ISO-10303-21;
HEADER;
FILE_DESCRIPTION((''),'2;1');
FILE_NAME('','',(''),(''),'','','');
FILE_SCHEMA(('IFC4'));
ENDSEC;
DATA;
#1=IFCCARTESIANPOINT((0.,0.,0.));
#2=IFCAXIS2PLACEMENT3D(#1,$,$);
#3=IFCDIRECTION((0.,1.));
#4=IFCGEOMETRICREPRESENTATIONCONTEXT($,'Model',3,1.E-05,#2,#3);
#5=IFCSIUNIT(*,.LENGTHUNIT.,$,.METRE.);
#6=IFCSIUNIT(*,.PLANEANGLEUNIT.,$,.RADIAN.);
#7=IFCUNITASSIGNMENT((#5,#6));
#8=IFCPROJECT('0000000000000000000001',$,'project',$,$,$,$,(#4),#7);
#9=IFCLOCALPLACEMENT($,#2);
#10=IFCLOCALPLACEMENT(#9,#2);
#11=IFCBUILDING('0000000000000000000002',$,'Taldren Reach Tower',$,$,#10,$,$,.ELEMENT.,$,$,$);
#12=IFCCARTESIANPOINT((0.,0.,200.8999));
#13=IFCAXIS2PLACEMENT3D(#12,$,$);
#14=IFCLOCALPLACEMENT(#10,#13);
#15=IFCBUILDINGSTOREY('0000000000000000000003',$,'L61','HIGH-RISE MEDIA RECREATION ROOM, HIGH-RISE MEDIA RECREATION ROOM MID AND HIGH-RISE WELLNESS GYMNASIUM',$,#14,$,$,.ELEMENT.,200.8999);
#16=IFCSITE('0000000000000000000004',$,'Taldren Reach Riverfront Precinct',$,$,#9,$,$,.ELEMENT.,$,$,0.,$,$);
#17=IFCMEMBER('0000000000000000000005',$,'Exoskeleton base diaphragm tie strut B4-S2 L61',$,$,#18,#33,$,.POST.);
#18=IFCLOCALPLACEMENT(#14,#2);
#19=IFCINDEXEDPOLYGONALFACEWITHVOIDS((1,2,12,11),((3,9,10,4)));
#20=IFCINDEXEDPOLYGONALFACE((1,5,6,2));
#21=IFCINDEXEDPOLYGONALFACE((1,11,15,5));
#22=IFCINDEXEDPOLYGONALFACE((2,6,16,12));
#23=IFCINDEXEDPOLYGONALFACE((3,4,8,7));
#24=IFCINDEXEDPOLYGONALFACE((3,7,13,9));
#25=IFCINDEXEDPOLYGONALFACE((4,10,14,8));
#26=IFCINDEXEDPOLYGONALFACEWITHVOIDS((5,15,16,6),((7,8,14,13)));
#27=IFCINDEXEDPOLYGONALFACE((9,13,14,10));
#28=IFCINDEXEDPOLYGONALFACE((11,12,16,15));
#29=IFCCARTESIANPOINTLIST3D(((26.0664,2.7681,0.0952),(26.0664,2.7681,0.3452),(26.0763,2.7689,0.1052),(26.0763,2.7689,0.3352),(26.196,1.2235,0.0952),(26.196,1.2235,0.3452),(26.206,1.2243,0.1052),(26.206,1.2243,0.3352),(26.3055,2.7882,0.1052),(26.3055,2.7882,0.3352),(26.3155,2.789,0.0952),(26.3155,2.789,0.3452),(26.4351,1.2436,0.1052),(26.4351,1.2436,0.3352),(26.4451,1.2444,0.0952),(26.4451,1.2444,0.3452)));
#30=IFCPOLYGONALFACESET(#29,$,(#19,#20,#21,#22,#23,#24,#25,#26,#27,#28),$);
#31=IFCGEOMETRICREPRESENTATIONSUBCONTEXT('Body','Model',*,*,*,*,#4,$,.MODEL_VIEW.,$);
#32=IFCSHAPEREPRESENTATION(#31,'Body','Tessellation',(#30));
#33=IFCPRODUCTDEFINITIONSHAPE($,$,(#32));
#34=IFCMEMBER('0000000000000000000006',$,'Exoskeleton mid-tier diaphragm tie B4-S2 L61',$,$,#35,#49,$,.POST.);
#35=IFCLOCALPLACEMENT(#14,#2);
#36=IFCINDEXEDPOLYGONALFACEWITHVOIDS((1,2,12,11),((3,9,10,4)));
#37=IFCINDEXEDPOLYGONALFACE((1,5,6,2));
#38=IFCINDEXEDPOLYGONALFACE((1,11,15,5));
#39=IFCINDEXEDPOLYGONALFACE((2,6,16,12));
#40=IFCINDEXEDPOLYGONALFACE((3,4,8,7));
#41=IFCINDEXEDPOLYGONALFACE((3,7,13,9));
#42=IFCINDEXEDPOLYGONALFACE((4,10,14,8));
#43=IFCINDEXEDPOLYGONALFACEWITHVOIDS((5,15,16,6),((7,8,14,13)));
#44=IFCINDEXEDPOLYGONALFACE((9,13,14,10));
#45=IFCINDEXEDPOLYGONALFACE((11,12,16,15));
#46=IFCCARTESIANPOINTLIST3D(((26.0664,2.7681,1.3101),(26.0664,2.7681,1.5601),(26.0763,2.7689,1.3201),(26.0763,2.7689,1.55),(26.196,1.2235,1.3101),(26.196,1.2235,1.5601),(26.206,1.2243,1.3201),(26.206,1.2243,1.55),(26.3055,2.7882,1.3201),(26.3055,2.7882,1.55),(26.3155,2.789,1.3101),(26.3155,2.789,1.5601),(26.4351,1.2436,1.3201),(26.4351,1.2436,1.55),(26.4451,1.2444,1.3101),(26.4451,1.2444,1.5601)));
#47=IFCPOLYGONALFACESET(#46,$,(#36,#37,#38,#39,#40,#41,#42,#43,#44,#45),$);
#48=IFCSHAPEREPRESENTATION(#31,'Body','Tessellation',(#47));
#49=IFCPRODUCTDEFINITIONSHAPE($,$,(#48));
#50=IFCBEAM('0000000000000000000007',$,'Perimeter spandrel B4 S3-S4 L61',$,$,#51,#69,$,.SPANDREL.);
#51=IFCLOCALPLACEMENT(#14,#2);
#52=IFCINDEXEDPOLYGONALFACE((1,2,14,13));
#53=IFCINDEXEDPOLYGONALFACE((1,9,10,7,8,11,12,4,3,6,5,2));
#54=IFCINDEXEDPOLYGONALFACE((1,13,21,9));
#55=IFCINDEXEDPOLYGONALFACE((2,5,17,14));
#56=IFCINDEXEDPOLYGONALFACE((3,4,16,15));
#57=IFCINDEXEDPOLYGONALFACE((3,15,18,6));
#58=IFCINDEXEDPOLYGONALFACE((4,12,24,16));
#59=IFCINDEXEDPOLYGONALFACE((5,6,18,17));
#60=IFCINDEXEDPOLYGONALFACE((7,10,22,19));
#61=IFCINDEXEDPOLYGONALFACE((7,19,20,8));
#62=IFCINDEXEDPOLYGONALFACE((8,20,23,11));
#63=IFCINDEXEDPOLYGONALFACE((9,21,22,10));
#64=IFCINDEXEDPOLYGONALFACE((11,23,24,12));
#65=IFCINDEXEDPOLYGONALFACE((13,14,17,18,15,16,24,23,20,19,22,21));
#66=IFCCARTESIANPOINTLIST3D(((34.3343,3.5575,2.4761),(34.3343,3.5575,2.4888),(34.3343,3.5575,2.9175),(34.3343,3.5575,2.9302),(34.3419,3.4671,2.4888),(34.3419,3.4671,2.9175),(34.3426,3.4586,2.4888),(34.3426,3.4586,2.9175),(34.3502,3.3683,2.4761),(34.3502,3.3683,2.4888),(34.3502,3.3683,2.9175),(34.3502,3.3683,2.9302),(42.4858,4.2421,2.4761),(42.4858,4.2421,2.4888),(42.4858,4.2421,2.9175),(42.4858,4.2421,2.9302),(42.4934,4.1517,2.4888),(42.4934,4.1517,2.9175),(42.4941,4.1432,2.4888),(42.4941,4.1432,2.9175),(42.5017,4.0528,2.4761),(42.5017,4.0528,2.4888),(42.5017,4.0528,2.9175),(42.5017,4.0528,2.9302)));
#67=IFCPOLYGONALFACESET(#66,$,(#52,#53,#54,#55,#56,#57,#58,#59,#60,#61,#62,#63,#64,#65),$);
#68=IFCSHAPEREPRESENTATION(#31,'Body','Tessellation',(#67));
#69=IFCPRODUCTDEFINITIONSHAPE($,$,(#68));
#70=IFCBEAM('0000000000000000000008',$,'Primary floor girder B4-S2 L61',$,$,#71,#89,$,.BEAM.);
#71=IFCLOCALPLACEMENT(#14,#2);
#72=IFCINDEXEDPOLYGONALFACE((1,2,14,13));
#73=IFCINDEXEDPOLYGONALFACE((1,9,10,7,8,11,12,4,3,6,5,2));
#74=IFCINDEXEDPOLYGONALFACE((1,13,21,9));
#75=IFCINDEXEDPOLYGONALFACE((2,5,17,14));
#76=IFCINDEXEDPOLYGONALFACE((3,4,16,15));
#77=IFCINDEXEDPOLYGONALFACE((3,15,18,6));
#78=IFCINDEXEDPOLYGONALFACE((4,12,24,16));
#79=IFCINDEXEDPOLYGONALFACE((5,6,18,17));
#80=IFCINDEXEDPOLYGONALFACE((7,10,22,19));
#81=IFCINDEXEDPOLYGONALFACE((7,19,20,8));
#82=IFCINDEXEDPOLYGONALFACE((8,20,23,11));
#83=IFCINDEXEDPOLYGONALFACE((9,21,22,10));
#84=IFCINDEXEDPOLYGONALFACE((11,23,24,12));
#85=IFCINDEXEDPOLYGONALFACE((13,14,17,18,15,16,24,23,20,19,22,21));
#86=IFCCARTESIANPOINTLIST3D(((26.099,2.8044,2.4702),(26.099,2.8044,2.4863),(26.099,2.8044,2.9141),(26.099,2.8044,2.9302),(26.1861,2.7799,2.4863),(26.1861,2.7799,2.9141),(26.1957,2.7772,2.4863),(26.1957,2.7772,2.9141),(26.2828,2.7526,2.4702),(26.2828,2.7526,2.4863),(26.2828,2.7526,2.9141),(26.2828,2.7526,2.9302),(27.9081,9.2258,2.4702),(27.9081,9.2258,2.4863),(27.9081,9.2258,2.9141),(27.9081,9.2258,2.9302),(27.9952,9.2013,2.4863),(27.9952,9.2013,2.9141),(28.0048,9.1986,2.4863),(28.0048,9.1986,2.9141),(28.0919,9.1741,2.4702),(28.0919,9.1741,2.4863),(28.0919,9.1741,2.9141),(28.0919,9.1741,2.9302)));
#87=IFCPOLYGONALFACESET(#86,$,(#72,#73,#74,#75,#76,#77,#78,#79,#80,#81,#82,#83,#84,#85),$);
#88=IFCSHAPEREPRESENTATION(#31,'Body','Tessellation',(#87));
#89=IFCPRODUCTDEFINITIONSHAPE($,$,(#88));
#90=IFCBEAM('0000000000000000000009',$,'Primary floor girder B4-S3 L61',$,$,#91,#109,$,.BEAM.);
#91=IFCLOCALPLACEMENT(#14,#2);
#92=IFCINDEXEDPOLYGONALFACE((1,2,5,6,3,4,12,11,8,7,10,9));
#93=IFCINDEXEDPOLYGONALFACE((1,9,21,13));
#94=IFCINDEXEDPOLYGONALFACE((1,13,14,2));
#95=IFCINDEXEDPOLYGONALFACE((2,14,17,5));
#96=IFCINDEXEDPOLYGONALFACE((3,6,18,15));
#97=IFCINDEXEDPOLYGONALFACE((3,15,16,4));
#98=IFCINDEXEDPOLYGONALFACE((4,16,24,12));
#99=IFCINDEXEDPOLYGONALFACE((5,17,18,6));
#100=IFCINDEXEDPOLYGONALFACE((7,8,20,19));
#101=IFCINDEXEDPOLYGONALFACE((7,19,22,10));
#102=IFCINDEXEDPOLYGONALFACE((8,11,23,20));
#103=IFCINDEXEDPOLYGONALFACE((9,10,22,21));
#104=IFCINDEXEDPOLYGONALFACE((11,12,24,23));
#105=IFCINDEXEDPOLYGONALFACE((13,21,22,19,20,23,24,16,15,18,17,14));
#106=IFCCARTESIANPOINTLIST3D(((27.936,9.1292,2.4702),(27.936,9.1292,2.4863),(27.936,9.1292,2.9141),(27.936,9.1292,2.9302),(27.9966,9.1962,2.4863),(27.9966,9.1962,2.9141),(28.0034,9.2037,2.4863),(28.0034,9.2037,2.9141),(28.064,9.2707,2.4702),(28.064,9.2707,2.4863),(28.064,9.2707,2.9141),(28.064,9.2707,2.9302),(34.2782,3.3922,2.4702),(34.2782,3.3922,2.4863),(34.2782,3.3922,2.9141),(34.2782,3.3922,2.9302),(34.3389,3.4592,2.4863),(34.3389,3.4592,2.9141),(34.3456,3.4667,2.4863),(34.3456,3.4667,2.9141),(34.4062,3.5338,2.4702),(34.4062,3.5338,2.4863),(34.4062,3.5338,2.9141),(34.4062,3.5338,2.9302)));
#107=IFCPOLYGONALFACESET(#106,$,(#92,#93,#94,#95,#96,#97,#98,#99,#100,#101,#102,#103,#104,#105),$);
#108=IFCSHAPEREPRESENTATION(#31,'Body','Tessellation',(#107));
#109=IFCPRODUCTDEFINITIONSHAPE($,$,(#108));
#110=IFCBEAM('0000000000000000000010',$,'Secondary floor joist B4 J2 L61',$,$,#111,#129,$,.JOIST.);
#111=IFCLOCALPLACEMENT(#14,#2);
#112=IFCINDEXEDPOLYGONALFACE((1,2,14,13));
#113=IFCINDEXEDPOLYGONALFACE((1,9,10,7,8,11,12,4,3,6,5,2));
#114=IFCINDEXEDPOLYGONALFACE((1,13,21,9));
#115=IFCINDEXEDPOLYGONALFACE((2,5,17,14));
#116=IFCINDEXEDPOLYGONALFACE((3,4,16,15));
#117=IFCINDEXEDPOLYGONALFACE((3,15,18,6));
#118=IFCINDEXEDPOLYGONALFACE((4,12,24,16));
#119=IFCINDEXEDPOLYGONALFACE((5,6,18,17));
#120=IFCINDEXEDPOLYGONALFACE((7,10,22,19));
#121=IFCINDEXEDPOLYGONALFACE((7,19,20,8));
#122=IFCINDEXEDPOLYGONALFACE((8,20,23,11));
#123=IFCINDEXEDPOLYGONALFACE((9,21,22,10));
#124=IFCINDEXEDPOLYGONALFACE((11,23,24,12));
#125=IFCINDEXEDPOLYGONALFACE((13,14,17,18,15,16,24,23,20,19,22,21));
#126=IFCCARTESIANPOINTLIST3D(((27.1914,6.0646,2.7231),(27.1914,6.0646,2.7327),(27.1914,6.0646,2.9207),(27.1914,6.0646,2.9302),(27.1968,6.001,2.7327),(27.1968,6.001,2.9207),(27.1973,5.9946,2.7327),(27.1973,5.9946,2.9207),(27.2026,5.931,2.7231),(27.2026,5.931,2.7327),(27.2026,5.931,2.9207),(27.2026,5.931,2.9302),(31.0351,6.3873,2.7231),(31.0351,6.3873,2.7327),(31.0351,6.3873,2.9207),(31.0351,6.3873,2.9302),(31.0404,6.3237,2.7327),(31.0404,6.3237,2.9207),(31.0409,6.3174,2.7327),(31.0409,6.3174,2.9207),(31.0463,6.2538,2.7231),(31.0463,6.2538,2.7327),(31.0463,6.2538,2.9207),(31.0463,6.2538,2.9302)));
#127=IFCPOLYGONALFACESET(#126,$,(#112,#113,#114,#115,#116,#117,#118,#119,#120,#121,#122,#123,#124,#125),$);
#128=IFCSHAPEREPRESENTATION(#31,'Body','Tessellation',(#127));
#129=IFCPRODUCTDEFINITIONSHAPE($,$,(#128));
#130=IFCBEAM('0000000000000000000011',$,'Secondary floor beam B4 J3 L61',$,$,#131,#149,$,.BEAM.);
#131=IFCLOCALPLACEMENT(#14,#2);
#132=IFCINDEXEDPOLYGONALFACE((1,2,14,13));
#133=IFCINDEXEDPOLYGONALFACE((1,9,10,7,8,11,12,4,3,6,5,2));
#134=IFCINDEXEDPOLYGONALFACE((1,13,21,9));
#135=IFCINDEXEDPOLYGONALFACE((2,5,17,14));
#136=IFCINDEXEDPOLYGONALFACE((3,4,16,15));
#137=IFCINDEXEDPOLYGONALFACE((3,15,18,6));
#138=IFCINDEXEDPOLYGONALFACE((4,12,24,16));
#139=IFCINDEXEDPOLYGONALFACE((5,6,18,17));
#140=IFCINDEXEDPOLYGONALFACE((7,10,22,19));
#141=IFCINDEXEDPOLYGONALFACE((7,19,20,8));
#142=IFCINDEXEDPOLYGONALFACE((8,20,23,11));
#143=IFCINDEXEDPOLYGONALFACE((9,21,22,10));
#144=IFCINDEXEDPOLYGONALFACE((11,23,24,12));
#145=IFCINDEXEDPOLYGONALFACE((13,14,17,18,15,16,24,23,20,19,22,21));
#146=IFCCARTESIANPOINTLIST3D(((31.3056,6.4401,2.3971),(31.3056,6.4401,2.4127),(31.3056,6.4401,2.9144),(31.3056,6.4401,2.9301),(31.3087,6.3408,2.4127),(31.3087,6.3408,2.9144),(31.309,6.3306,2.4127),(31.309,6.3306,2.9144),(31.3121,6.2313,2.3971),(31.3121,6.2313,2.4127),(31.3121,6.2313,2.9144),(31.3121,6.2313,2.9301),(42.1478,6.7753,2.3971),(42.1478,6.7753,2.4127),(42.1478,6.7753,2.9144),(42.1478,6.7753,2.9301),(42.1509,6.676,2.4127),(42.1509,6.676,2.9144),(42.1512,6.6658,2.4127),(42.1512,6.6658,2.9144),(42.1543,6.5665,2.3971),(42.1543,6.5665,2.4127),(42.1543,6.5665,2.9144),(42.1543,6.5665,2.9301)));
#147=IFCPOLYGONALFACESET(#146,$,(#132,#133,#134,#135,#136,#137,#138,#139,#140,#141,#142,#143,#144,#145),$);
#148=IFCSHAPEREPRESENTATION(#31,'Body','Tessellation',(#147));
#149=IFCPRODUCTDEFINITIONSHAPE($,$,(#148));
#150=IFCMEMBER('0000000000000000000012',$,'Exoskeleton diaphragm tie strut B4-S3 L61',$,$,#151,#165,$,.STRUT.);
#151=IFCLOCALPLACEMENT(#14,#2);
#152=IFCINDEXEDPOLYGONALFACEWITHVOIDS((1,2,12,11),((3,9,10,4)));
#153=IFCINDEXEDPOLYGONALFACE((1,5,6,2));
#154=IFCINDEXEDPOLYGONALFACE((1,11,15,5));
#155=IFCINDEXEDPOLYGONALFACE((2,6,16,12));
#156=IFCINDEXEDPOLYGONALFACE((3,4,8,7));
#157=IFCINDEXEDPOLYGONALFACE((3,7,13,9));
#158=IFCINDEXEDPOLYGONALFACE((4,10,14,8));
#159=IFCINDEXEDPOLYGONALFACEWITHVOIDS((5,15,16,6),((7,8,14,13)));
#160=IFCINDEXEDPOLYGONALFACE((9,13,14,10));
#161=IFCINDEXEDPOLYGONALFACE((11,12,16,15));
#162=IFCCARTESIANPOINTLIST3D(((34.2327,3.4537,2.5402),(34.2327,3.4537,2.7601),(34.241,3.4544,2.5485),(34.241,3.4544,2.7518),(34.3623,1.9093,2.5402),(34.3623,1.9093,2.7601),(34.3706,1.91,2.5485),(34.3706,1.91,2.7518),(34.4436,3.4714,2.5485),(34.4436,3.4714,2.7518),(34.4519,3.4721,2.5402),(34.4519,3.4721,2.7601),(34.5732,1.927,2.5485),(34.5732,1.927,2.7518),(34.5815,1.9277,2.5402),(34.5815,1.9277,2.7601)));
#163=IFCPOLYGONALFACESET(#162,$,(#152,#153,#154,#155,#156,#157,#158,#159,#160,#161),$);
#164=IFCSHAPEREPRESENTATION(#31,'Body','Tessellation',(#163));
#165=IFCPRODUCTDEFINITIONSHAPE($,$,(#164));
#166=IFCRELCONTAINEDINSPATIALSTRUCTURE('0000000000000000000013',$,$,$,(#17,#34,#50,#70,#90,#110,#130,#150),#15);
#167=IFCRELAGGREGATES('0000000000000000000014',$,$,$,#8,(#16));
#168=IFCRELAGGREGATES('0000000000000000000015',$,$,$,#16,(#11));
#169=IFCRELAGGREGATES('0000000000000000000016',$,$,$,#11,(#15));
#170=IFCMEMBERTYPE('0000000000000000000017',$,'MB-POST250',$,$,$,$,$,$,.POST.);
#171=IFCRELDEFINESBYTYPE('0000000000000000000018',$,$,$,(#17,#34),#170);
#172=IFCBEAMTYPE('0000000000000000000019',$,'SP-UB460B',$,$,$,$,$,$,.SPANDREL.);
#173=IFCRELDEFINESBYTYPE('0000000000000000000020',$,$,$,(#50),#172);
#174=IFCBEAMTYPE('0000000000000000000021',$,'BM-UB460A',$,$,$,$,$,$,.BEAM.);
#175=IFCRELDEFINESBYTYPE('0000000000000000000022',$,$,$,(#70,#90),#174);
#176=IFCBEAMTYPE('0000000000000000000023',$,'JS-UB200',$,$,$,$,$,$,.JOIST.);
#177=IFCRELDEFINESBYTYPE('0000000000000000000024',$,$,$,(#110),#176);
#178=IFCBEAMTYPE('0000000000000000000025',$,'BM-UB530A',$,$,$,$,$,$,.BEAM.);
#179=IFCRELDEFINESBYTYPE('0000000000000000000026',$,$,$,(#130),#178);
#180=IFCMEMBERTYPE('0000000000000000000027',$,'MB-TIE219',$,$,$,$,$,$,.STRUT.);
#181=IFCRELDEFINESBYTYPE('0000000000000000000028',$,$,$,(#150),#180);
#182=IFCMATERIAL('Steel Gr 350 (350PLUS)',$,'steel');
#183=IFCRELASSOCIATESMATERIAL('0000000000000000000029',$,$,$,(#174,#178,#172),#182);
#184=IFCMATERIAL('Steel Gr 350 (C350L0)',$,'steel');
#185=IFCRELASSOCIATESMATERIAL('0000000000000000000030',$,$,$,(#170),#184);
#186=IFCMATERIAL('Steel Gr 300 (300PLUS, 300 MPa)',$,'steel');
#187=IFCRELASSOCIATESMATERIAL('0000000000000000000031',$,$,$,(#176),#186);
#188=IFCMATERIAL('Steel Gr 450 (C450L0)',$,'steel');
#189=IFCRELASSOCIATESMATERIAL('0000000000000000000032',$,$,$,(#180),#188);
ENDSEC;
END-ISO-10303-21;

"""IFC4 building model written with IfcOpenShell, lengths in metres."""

from ifc_helpers import new_model, si_unit, direction, frame, origin, origin_2d, place, context, subcontext, project, spatial, hollow_rectangle, i_section, extrude, source, transform, mapped, material, material_profile, profile_set, type_object, element, save


model = new_model("IFC4")

# Units and contexts
model_context = context("Model", 3, precision=1e-05, world=origin(), true_north=direction((0.0, 1.0)))
body_context = subcontext(model_context, "Body", "Model", "MODEL_VIEW")
ifc_project = project(units=[si_unit("LENGTHUNIT", "METRE"), si_unit("PLANEANGLEUNIT", "RADIAN")], contexts=[model_context])

# Site, building, storey
site_placement = place(None, origin())
site = spatial("IfcSite", under=ifc_project, at=site_placement, Name="Taldren Reach Riverfront Precinct", CompositionType="ELEMENT", RefElevation=0.0)
building_placement = place(site_placement, origin())
building = spatial("IfcBuilding", under=site, at=building_placement, Name="Taldren Reach Tower", CompositionType="ELEMENT")
storey_placement = place(building_placement, frame((0.0, 0.0, 200.8999)))
storey = spatial("IfcBuildingStorey", under=building, at=storey_placement, Name="L61", Description="HIGH-RISE MEDIA RECREATION ROOM, HIGH-RISE MEDIA RECREATION ROOM MID AND HIGH-RISE WELLNESS GYMNASIUM", CompositionType="ELEMENT", Elevation=200.8999)

# Shared definitions
ifc_material_1 = material(Name="Steel Gr 350 (350PLUS)", Category="steel")
ifc_material_2 = material(Name="Steel Gr 450 (C450L0)", Category="steel")

# Shared definitions
ifc_material_profile_1 = material_profile(ifc_material_1, i_section(OverallWidth=0.1909, OverallDepth=0.46, WebThickness=0.01, FlangeThickness=0.0161, at=origin_2d()), Name="460UB82.1")
ifc_profile_set_1 = profile_set([ifc_material_profile_1], Name="Steel Gr 350 (350PLUS)")
beam_type_1 = type_object("IfcBeamType", Name="BM-UB460A", PredefinedType="BEAM", material=ifc_profile_set_1)
ifc_material_profile_2 = material_profile(ifc_material_1, i_section(OverallWidth=0.209, OverallDepth=0.533, WebThickness=0.0103, FlangeThickness=0.0156, at=origin_2d()), Name="530UB92.4")
ifc_profile_set_2 = profile_set([ifc_material_profile_2], Name="Steel Gr 350 (350PLUS)")
beam_type_2 = type_object("IfcBeamType", Name="BM-UB530A", PredefinedType="BEAM", material=ifc_profile_set_2)

# Members
ifc_material_3 = material(Name="Steel Gr 350 (C350L0)", Category="steel")
ifc_material_profile_3 = material_profile(ifc_material_3, hollow_rectangle(XDim=0.25, YDim=0.25, WallThickness=0.01, at=origin_2d()), Name="250x250x10.0SHS")
ifc_profile_set_3 = profile_set([ifc_material_profile_3], Name="Steel Gr 350 (C350L0)")
member_type_1 = type_object("IfcMemberType", Name="MB-POST250", PredefinedType="POST", material=ifc_profile_set_3)
shared_shape_1 = source(origin(), body_context, "Body", "SweptSolid", [
    extrude(hollow_rectangle(XDim=0.25, YDim=0.25, WallThickness=0.01, at=origin_2d()), origin(), (0.0, 0.0, 1.0), 1.55),
])
for number, where, z_axis, x_axis, name in (
    (1, (26.1909, 2.7786, 0.2202), (0.083632, -0.996497, 0.0), (0.996497, 0.083632, 0.0), "Exoskeleton base diaphragm tie strut B4-S2 L61"),
    (2, (26.1909, 2.7786, 1.4351), (0.083632, -0.996497, 0.0), (0.996497, 0.083632, 0.0), "Exoskeleton mid-tier diaphragm tie B4-S2 L61"),
):
    element("IfcMember", number, at=place(storey_placement, frame(where, z_axis=z_axis, x_axis=x_axis)), inside=storey, type_object=member_type_1, Name=name, PredefinedType="POST", context=body_context, shape_type="MappedRepresentation", body=[
        mapped(shared_shape_1, transform((0.0, 0.0, 0.0), scale=1.0)),
    ])

# Beams
ifc_material_profile_4 = material_profile(ifc_material_1, i_section(OverallWidth=0.1899, OverallDepth=0.4541, WebThickness=0.0085, FlangeThickness=0.0127, at=origin_2d()), Name="460UB67.1")
ifc_profile_set_4 = profile_set([ifc_material_profile_4], Name="Steel Gr 350 (350PLUS)")
beam_type_3 = type_object("IfcBeamType", Name="SP-UB460B", PredefinedType="SPANDREL", material=ifc_profile_set_4)
shared_shape_2 = source(origin(), body_context, "Body", "SweptSolid", [
    extrude(i_section(OverallWidth=0.1899, OverallDepth=0.4541, WebThickness=0.0085, FlangeThickness=0.0127, at=origin_2d()), origin(), (0.0, 0.0, 1.0), 8.1802),
])
beam_1_placement = place(storey_placement, frame((34.3423, 3.4629, 2.7031), z_axis=(0.996492, 0.083688, 0.0), x_axis=(-0.083688, 0.996492, 0.0)))
element("IfcBeam", 3, at=beam_1_placement, inside=storey, type_object=beam_type_3, Name="Perimeter spandrel B4 S3-S4 L61", PredefinedType="SPANDREL", context=body_context, shape_type="MappedRepresentation", body=[
    mapped(shared_shape_2, transform((0.0, 0.0, 0.0), scale=1.0)),
])
shared_shape_3 = source(origin(), body_context, "Body", "SweptSolid", [
    extrude(i_section(OverallWidth=0.1909, OverallDepth=0.46, WebThickness=0.01, FlangeThickness=0.0161, at=origin_2d()), origin(), (0.0, 0.0, 1.0), 6.6714),
])
beam_2_placement = place(storey_placement, frame((28.0, 9.2, 2.7002), z_axis=(-0.271172, -0.962531, 0.0), x_axis=(0.962531, -0.271172, 0.0)))
element("IfcBeam", 4, at=beam_2_placement, inside=storey, type_object=beam_type_1, Name="Primary floor girder B4-S2 L61", PredefinedType="BEAM", context=body_context, shape_type="MappedRepresentation", body=[
    mapped(shared_shape_3, transform((0.0, 0.0, 0.0), scale=1.0)),
])
shared_shape_4 = source(origin(), body_context, "Body", "SweptSolid", [
    extrude(i_section(OverallWidth=0.1909, OverallDepth=0.46, WebThickness=0.01, FlangeThickness=0.0161, at=origin_2d()), origin(), (0.0, 0.0, 1.0), 8.552),
])
beam_3_placement = place(storey_placement, frame((28.0, 9.2, 2.7002), z_axis=(0.741605, -0.670836, 0.0), x_axis=(0.670836, 0.741605, 0.0)))
element("IfcBeam", 5, at=beam_3_placement, inside=storey, type_object=beam_type_1, Name="Primary floor girder B4-S3 L61", PredefinedType="BEAM", context=body_context, shape_type="MappedRepresentation", body=[
    mapped(shared_shape_4, transform((0.0, 0.0, 0.0), scale=1.0)),
])
ifc_material_4 = material(Name="Steel Gr 300 (300PLUS, 300 MPa)", Category="steel")
ifc_material_profile_5 = material_profile(ifc_material_4, i_section(OverallWidth=0.134, OverallDepth=0.207, WebThickness=0.0063, FlangeThickness=0.0095, at=origin_2d()), Name="200UB29.8")
ifc_profile_set_5 = profile_set([ifc_material_profile_5], Name="Steel Gr 300 (300PLUS, 300 MPa)")
beam_type_4 = type_object("IfcBeamType", Name="JS-UB200", PredefinedType="JOIST", material=ifc_profile_set_5)
shared_shape_5 = source(origin(), body_context, "Body", "SweptSolid", [
    extrude(i_section(OverallWidth=0.134, OverallDepth=0.207, WebThickness=0.0063, FlangeThickness=0.0095, at=origin_2d()), origin(), (0.0, 0.0, 1.0), 3.8572),
])
beam_4_placement = place(storey_placement, frame((27.197, 5.9978, 2.8267), z_axis=(0.996493, 0.083674, 0.0), x_axis=(-0.083674, 0.996493, 0.0)))
element("IfcBeam", 6, at=beam_4_placement, inside=storey, type_object=beam_type_4, Name="Secondary floor joist B4 J2 L61", PredefinedType="JOIST", context=body_context, shape_type="MappedRepresentation", body=[
    mapped(shared_shape_5, transform((0.0, 0.0, 0.0), scale=1.0)),
])
shared_shape_6 = source(origin(), body_context, "Body", "SweptSolid", [
    extrude(i_section(OverallWidth=0.209, OverallDepth=0.533, WebThickness=0.0103, FlangeThickness=0.0156, at=origin_2d()), origin(), (0.0, 0.0, 1.0), 10.8474),
])
beam_5_placement = place(storey_placement, frame((31.3088, 6.3357, 2.6636), z_axis=(0.999522, 0.030902, 0.0), x_axis=(-0.030902, 0.999522, 0.0)))
element("IfcBeam", 7, at=beam_5_placement, inside=storey, type_object=beam_type_2, Name="Secondary floor beam B4 J3 L61", PredefinedType="BEAM", context=body_context, shape_type="MappedRepresentation", body=[
    mapped(shared_shape_6, transform((0.0, 0.0, 0.0), scale=1.0)),
])

# Member
ifc_material_profile_6 = material_profile(ifc_material_2, hollow_rectangle(XDim=0.22, YDim=0.22, WallThickness=0.0083, at=origin_2d()), Name="220x220x8.2SHS")
ifc_profile_set_6 = profile_set([ifc_material_profile_6], Name="Steel Gr 450 (C450L0)")
member_type_2 = type_object("IfcMemberType", Name="MB-TIE219", PredefinedType="STRUT", material=ifc_profile_set_6)
shared_shape_7 = source(origin(), body_context, "Body", "SweptSolid", [
    extrude(hollow_rectangle(XDim=0.22, YDim=0.22, WallThickness=0.0083, at=origin_2d()), origin(), (0.0, 0.0, 1.0), 1.5498),
])
member_placement = place(storey_placement, frame((34.3423, 3.4629, 2.6501), z_axis=(0.083645, -0.996496, 0.0), x_axis=(0.996496, 0.083645, 0.0)))
element("IfcMember", 8, at=member_placement, inside=storey, type_object=member_type_2, Name="Exoskeleton diaphragm tie strut B4-S3 L61", PredefinedType="STRUT", context=body_context, shape_type="MappedRepresentation", body=[
    mapped(shared_shape_7, transform((0.0, 0.0, 0.0), scale=1.0)),
])

save(model, "model.ifc")
